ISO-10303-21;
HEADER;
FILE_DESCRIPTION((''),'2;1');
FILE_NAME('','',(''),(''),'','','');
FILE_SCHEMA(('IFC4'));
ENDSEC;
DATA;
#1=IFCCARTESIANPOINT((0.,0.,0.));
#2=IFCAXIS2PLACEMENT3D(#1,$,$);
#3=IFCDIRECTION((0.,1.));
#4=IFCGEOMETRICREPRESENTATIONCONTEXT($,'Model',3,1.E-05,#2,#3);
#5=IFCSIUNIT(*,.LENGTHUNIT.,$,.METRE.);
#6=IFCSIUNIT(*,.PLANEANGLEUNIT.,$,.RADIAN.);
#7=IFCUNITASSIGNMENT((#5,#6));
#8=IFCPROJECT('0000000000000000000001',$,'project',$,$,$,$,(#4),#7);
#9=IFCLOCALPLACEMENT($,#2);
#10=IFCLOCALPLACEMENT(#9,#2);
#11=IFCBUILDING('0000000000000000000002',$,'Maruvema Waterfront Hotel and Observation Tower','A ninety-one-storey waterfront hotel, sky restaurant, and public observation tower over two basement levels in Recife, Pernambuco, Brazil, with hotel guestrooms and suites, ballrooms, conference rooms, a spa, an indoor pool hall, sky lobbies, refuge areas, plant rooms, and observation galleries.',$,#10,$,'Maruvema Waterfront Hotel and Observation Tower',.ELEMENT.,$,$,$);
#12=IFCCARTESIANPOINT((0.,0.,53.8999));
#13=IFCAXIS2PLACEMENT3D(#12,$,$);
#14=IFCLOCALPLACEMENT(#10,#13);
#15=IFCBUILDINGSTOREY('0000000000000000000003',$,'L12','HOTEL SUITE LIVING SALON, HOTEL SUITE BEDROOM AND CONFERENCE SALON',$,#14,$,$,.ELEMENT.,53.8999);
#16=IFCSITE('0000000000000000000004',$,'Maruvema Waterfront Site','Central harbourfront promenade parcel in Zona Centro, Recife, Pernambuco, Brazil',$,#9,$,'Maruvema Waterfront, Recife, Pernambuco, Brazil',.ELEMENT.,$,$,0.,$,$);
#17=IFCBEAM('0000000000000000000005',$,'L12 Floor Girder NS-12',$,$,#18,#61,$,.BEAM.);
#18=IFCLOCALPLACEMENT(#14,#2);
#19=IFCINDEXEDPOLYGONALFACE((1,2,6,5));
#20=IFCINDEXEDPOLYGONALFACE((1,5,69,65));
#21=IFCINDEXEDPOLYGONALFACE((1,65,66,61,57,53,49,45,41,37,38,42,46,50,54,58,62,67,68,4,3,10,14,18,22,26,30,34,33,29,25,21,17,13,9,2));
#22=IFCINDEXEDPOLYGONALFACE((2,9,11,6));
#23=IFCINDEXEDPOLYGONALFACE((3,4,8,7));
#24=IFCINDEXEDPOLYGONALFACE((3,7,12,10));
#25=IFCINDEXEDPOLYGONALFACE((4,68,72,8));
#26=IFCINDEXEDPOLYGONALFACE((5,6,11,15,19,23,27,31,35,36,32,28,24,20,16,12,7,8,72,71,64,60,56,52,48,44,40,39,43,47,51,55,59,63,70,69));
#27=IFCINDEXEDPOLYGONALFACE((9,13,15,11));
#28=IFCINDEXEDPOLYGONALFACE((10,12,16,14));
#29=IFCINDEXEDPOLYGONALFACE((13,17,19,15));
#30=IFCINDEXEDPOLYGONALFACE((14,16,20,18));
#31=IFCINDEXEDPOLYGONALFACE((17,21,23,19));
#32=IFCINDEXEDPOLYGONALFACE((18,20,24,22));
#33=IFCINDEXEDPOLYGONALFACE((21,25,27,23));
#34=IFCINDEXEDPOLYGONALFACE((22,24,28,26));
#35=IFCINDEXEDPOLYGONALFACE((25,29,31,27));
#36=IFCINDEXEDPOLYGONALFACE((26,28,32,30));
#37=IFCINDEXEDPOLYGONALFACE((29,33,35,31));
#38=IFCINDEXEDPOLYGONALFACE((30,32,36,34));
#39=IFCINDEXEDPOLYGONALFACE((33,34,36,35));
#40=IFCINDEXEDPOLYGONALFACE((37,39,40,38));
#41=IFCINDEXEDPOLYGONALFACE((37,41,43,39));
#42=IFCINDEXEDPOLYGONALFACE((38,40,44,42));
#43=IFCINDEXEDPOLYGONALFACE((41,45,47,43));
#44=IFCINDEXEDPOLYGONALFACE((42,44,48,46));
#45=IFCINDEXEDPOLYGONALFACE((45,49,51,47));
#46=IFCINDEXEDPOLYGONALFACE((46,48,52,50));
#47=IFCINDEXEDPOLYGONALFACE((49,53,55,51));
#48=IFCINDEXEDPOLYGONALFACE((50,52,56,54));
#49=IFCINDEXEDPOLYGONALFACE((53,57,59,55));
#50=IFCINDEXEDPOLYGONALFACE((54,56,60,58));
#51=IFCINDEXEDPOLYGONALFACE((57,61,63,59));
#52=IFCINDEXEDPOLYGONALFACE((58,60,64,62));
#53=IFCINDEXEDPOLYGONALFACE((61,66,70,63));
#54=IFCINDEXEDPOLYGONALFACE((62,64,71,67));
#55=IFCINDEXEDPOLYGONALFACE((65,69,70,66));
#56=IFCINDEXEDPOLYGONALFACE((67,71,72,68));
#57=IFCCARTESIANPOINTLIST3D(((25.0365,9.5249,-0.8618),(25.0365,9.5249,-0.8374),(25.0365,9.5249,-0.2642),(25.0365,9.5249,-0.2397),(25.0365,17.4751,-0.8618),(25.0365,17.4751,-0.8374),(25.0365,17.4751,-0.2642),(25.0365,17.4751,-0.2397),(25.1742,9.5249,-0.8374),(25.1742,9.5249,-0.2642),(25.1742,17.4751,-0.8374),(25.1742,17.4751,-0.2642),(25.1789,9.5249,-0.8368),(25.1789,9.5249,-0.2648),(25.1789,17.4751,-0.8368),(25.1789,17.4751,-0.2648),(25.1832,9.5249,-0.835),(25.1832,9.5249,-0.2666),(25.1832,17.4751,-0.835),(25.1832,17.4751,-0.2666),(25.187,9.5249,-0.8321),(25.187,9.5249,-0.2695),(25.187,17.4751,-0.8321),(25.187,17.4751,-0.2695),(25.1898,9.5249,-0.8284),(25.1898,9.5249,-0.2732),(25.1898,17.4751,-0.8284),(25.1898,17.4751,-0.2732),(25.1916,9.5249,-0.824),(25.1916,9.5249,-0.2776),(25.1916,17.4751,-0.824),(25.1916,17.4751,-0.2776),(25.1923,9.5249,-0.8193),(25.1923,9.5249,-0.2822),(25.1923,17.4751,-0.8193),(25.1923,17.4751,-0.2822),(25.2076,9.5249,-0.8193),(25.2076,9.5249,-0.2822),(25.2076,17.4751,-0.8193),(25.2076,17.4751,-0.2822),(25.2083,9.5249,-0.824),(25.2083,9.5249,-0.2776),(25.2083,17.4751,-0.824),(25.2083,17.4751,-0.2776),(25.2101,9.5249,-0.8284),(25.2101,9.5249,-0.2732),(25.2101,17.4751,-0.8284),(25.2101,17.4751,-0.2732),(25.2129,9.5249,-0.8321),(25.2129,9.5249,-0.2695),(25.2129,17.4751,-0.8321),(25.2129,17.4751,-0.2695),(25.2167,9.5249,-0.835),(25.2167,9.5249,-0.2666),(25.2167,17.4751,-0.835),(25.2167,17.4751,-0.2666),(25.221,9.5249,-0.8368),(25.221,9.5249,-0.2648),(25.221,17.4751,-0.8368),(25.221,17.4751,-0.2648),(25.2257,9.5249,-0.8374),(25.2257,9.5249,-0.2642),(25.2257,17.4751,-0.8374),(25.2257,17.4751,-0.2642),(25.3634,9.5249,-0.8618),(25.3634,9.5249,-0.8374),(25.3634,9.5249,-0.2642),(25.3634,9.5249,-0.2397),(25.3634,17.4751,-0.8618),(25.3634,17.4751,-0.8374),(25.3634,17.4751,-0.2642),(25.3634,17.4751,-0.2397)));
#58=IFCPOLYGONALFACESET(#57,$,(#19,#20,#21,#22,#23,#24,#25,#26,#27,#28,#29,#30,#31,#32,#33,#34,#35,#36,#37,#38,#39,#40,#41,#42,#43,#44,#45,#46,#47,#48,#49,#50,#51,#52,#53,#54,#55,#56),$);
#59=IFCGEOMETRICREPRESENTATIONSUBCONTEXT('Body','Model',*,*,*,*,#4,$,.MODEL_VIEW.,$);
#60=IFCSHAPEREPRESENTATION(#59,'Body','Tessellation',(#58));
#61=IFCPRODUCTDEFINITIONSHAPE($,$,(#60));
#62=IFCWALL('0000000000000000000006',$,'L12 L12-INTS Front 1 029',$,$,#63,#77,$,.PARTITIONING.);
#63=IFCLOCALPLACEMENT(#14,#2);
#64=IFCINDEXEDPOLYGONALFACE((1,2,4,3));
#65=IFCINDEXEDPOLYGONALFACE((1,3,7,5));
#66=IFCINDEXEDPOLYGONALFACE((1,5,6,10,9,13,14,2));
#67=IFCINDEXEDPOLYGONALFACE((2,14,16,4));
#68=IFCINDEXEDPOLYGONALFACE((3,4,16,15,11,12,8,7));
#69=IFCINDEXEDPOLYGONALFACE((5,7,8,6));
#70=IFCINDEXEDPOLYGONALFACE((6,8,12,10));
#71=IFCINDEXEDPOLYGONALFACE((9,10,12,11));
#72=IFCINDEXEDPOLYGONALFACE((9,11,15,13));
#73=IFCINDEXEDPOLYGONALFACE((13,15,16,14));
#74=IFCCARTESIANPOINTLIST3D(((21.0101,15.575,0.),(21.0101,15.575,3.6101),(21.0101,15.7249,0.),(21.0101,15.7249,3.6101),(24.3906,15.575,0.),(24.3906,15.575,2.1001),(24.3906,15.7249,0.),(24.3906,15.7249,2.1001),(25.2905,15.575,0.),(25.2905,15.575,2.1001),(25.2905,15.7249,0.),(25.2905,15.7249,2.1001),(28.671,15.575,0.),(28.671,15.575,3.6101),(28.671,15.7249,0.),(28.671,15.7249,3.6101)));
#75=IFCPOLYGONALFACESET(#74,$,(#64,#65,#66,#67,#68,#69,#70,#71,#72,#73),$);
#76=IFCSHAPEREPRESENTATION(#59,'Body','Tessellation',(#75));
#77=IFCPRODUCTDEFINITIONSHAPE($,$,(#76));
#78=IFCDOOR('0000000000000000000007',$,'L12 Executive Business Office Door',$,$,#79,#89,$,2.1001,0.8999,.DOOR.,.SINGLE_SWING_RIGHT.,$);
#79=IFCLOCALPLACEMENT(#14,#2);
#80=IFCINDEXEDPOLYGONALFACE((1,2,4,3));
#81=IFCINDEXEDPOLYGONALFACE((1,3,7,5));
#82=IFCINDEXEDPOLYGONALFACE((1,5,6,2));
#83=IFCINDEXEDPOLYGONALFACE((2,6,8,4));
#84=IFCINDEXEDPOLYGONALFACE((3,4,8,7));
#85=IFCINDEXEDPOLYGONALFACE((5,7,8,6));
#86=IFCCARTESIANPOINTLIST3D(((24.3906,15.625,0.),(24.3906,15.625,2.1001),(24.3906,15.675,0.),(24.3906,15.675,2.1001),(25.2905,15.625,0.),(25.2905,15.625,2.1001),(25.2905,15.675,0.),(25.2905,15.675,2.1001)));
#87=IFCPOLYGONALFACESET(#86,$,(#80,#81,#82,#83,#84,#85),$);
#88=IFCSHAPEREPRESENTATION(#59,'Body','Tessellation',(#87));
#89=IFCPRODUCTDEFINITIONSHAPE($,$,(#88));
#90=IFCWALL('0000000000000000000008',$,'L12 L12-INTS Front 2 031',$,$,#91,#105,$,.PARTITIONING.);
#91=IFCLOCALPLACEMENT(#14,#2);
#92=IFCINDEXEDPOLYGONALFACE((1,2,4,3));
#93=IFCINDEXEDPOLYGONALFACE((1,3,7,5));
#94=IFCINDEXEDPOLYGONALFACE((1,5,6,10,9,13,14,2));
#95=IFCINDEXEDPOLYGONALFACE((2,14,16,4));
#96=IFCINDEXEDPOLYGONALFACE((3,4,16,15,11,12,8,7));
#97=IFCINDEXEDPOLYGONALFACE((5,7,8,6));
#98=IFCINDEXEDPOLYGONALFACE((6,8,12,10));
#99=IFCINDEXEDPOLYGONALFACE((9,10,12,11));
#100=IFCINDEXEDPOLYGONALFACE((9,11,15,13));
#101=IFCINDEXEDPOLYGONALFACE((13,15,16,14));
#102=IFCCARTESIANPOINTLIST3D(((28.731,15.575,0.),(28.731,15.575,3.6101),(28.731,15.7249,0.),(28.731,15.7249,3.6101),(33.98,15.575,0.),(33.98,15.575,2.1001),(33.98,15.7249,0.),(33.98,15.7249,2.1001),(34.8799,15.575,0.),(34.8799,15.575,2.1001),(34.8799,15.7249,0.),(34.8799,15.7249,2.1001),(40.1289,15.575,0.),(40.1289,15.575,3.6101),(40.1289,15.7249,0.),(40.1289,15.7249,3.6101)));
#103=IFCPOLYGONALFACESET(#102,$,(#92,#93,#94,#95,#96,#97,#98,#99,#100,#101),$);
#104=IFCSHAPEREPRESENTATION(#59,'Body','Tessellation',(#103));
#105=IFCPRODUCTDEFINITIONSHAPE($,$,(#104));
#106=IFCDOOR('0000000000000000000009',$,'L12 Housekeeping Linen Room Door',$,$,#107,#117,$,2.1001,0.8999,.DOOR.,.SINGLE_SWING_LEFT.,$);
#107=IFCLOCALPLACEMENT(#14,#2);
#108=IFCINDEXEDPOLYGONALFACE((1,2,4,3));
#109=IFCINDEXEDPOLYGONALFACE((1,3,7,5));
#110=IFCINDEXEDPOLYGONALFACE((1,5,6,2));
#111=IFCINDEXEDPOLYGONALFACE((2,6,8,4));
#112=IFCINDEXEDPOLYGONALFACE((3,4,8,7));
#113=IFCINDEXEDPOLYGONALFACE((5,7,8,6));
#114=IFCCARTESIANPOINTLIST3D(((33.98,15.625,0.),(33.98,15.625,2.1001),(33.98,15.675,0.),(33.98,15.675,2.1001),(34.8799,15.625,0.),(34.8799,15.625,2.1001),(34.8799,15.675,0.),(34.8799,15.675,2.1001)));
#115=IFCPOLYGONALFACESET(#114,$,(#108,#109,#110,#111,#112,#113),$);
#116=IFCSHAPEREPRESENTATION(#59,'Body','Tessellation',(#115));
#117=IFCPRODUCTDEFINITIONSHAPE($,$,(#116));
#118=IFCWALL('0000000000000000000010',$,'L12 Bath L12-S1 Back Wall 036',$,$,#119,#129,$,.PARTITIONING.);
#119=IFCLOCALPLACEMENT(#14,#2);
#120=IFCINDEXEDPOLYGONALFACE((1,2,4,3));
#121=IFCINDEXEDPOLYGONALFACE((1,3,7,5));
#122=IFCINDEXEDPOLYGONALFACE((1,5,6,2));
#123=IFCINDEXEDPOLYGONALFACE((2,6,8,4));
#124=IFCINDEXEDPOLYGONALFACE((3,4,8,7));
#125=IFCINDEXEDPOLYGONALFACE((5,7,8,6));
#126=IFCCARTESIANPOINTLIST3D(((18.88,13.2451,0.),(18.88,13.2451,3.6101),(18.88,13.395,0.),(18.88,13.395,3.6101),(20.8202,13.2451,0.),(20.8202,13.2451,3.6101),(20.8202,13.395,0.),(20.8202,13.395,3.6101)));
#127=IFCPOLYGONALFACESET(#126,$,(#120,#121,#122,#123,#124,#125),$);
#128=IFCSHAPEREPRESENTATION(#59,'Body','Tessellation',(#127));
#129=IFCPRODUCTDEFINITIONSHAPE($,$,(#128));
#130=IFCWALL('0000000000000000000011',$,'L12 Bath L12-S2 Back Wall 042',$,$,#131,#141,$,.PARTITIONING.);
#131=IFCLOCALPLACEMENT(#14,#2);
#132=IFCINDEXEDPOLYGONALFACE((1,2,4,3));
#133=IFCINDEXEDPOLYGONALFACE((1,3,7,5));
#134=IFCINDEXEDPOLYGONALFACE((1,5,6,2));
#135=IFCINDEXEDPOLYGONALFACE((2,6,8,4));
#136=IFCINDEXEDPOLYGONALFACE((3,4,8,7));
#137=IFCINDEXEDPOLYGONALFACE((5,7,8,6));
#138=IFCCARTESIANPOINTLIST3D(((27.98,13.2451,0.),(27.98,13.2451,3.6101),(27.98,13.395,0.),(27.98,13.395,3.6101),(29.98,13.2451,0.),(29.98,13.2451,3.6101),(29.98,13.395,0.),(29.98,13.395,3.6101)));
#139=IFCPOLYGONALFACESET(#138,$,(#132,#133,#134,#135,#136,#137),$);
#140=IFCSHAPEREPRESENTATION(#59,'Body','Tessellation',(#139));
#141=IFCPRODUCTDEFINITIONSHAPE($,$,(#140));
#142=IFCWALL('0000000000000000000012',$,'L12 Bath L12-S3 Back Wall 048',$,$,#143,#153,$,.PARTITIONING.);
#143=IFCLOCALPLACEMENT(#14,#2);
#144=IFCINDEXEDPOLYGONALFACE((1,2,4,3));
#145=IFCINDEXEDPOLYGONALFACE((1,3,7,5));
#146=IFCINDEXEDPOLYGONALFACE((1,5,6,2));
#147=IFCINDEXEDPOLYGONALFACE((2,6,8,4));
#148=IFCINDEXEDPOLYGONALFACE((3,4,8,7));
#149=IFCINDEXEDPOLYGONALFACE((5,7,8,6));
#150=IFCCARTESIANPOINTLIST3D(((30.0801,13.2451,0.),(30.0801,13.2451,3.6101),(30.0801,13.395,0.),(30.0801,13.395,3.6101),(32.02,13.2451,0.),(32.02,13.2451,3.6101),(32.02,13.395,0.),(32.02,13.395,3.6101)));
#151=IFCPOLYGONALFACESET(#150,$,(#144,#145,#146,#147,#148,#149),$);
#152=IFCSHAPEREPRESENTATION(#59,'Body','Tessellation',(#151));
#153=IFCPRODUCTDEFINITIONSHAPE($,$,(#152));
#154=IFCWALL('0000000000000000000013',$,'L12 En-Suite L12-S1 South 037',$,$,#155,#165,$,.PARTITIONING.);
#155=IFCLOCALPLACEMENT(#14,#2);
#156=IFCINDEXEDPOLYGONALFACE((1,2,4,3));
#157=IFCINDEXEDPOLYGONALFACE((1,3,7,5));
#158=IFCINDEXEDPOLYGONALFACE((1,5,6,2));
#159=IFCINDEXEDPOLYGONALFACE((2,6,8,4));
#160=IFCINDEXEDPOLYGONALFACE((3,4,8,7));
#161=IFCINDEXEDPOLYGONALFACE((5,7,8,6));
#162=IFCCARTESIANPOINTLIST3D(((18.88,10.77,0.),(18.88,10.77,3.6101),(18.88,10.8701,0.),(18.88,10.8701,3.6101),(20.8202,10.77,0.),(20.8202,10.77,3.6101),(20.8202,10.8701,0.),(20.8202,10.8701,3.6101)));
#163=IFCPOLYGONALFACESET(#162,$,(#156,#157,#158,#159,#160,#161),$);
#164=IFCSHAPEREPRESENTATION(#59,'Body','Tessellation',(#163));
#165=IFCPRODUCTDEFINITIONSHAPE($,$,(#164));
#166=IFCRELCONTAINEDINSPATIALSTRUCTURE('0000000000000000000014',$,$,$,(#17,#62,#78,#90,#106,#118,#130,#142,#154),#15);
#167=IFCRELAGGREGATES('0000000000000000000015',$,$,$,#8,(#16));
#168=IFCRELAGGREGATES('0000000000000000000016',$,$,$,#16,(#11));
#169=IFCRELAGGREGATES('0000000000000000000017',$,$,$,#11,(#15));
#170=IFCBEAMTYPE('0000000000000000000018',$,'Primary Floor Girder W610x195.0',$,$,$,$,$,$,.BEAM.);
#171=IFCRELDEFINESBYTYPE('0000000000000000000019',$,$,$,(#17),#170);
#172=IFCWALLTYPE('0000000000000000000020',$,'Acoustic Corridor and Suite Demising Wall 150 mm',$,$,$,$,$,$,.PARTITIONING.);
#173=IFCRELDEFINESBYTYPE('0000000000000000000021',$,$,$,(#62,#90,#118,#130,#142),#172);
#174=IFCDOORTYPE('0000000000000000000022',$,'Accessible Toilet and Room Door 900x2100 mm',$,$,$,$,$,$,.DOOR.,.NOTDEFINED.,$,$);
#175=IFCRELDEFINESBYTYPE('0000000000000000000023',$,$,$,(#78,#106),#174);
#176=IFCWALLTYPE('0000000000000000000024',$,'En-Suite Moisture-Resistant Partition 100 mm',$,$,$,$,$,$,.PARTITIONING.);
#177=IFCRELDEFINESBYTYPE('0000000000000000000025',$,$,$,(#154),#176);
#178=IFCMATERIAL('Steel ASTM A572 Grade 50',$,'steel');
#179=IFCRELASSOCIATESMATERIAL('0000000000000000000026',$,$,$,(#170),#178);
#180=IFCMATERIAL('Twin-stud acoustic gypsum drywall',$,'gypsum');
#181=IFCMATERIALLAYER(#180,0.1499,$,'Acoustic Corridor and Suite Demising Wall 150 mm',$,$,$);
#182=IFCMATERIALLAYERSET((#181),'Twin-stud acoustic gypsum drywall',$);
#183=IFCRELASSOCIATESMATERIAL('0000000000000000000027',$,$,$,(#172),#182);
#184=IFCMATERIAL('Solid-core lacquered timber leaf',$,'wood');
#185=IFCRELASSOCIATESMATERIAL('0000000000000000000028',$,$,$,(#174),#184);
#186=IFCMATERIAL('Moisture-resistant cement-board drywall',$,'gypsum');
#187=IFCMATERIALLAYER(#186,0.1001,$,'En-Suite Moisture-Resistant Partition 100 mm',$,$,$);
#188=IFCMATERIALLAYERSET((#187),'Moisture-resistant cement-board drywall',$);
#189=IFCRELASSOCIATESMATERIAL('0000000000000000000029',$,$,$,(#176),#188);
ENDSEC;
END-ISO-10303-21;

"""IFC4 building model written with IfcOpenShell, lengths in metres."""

from ifc_helpers import new_model, si_unit, direction, frame, frame_2d, origin, origin_2d, place, context, subcontext, project, spatial, rectangle, i_section, extrude, material, layer, layer_set, material_profile, profile_set, type_object, element, fill, save


model = new_model("IFC4")

# Units and contexts
model_context = context("Model", 3, precision=1e-05, world=origin(), true_north=direction((0.0, 1.0)))
body_context = subcontext(model_context, "Body", "Model", "MODEL_VIEW")
ifc_project = project(units=[si_unit("LENGTHUNIT", "METRE"), si_unit("PLANEANGLEUNIT", "RADIAN")], contexts=[model_context])

# Site, building, storey
site_placement = place(None, origin())
site = spatial("IfcSite", under=ifc_project, at=site_placement, Name="Maruvema Waterfront Site", Description="Central harbourfront promenade parcel in Zona Centro, Recife, Pernambuco, Brazil", LongName="Maruvema Waterfront, Recife, Pernambuco, Brazil", CompositionType="ELEMENT", RefElevation=0.0)
building_placement = place(site_placement, origin())
building = spatial("IfcBuilding", under=site, at=building_placement, Name="Maruvema Waterfront Hotel and Observation Tower", Description="A ninety-one-storey waterfront hotel, sky restaurant, and public observation tower over two basement levels in Recife, Pernambuco, Brazil, with hotel guestrooms and suites, ballrooms, conference rooms, a spa, an indoor pool hall, sky lobbies, refuge areas, plant rooms, and observation galleries.", LongName="Maruvema Waterfront Hotel and Observation Tower", CompositionType="ELEMENT")
storey_placement = place(building_placement, frame((0.0, 0.0, 53.8999)))
storey = spatial("IfcBuildingStorey", under=building, at=storey_placement, Name="L12", Description="HOTEL SUITE LIVING SALON, HOTEL SUITE BEDROOM AND CONFERENCE SALON", CompositionType="ELEMENT", Elevation=53.8999)

# Beam
ifc_material_1 = material(Name="Steel ASTM A572 Grade 50", Category="steel")
ifc_material_profile = material_profile(ifc_material_1, i_section(OverallWidth=0.3269, OverallDepth=0.6221, WebThickness=0.0154, FlangeThickness=0.0244, FilletRadius=0.0181, at=origin_2d()), Name="W610x195.0")
ifc_profile_set = profile_set([ifc_material_profile], Name="Steel ASTM A572 Grade 50")
beam_type = type_object("IfcBeamType", Name="Primary Floor Girder W610x195.0", PredefinedType="BEAM", material=ifc_profile_set)
beam_placement = place(storey_placement, frame((25.2, 9.5249, -0.5508), z_axis=(0.0, 1.0, 0.0), x_axis=(-1.0, 0.0, 0.0)))
element("IfcBeam", 1, at=beam_placement, inside=storey, type_object=beam_type, Name="L12 Floor Girder NS-12", PredefinedType="BEAM", context=body_context, shape_type="SweptSolid", body=[
    extrude(i_section(OverallWidth=0.3269, OverallDepth=0.6221, WebThickness=0.0154, FlangeThickness=0.0244, FilletRadius=0.0181, at=origin_2d()), origin(), (0.0, 0.0, 1.0), 7.9502),
])

# Walls, openings, doors
ifc_material_2 = material(Name="Twin-stud acoustic gypsum drywall", Category="gypsum")
ifc_layer_1 = layer(ifc_material_2, 0.1499, Name="Acoustic Corridor and Suite Demising Wall 150 mm")
ifc_layer_set_1 = layer_set([ifc_layer_1], Name="Twin-stud acoustic gypsum drywall")
wall_type_1 = type_object("IfcWallType", Name="Acoustic Corridor and Suite Demising Wall 150 mm", PredefinedType="PARTITIONING", material=ifc_layer_set_1)
wall_1_placement = place(storey_placement, frame((21.01, 15.6499, 0.0), z_axis=(0.0, 0.0, 1.0), x_axis=(1.0, 0.0, 0.0)))
wall_1 = element("IfcWall", 2, at=wall_1_placement, inside=storey, type_object=wall_type_1, Name="L12 L12-INTS Front 1 029", PredefinedType="PARTITIONING", context=body_context, shape_type="SweptSolid", body=[
    extrude(rectangle(XDim=7.6609, YDim=0.1499, at=frame_2d((3.8306, 0.0))), origin(), (0.0, 0.0, 1.0), 3.6101),
])
opening_1_placement = place(wall_1_placement, frame((3.3806, 0.0, 0.0)))
opening_1 = element("IfcOpeningElement", 3, at=opening_1_placement, cuts=wall_1, PredefinedType="OPENING", context=body_context, shape_type="SweptSolid", body=[
    extrude(rectangle(XDim=0.8999, YDim=2.1001, at=frame_2d((0.45, 1.05))), frame((0.0, 0.085, 0.0), z_axis=(0.0, -1.0, 0.0), x_axis=(1.0, 0.0, 0.0)), (0.0, 0.0, 1.0), 0.1699),
])
ifc_material_3 = material(Name="Solid-core lacquered timber leaf", Category="wood")
door_type_1 = type_object("IfcDoorType", Name="Accessible Toilet and Room Door 900x2100 mm", OperationType="NOTDEFINED", PredefinedType="DOOR", material=ifc_material_3)
door_1_placement = place(opening_1_placement, frame((0.8999, 0.0, 0.0), z_axis=(0.0, 0.0, 1.0), x_axis=(-1.0, 0.0, 0.0)))
door_1 = element("IfcDoor", 4, at=door_1_placement, inside=storey, type_object=door_type_1, Name="L12 Executive Business Office Door", OperationType="SINGLE_SWING_RIGHT", OverallHeight=2.1001, OverallWidth=0.8999, PredefinedType="DOOR", context=body_context, shape_type="SweptSolid", body=[
    extrude(rectangle(XDim=0.8999, YDim=2.1001, at=frame_2d((0.45, 1.05))), frame((0.0, 0.0249, 0.0), z_axis=(0.0, -1.0, 0.0), x_axis=(1.0, 0.0, 0.0)), (0.0, 0.0, 1.0), 0.05),
])
fill(opening_1, door_1)
wall_2_placement = place(storey_placement, frame((28.731, 15.6499, 0.0), z_axis=(0.0, 0.0, 1.0), x_axis=(1.0, 0.0, 0.0)))
wall_2 = element("IfcWall", 5, at=wall_2_placement, inside=storey, type_object=wall_type_1, Name="L12 L12-INTS Front 2 031", PredefinedType="PARTITIONING", context=body_context, shape_type="SweptSolid", body=[
    extrude(rectangle(XDim=11.3979, YDim=0.1499, at=frame_2d((5.699, 0.0))), origin(), (0.0, 0.0, 1.0), 3.6101),
])
opening_2_placement = place(wall_2_placement, frame((5.249, 0.0, 0.0)))
opening_2 = element("IfcOpeningElement", 6, at=opening_2_placement, cuts=wall_2, PredefinedType="OPENING", context=body_context, shape_type="SweptSolid", body=[
    extrude(rectangle(XDim=0.8999, YDim=2.1001, at=frame_2d((0.45, 1.05))), frame((0.0, 0.085, 0.0), z_axis=(0.0, -1.0, 0.0), x_axis=(1.0, 0.0, 0.0)), (0.0, 0.0, 1.0), 0.1699),
])
door_2_placement = place(opening_2_placement, frame((0.8999, 0.0, 0.0), z_axis=(0.0, 0.0, 1.0), x_axis=(-1.0, 0.0, 0.0)))
door_2 = element("IfcDoor", 7, at=door_2_placement, inside=storey, type_object=door_type_1, Name="L12 Housekeeping Linen Room Door", OperationType="SINGLE_SWING_LEFT", OverallHeight=2.1001, OverallWidth=0.8999, PredefinedType="DOOR", context=body_context, shape_type="SweptSolid", body=[
    extrude(rectangle(XDim=0.8999, YDim=2.1001, at=frame_2d((0.45, 1.05))), frame((0.0, 0.0249, 0.0), z_axis=(0.0, -1.0, 0.0), x_axis=(1.0, 0.0, 0.0)), (0.0, 0.0, 1.0), 0.05),
])
fill(opening_2, door_2)

# Wall
wall_3_placement = place(storey_placement, frame((18.8799, 13.3201, 0.0), z_axis=(0.0, 0.0, 1.0), x_axis=(1.0, 0.0, 0.0)))
element("IfcWall", 8, at=wall_3_placement, inside=storey, type_object=wall_type_1, Name="L12 Bath L12-S1 Back Wall 036", PredefinedType="PARTITIONING", context=body_context, shape_type="SweptSolid", body=[
    extrude(rectangle(XDim=1.9402, YDim=0.1499, at=frame_2d((0.9702, 0.0))), origin(), (0.0, 0.0, 1.0), 3.6101),
])

# Wall
wall_4_placement = place(storey_placement, frame((27.98, 13.3201, 0.0), z_axis=(0.0, 0.0, 1.0), x_axis=(1.0, 0.0, 0.0)))
element("IfcWall", 9, at=wall_4_placement, inside=storey, type_object=wall_type_1, Name="L12 Bath L12-S2 Back Wall 042", PredefinedType="PARTITIONING", context=body_context, shape_type="SweptSolid", body=[
    extrude(rectangle(XDim=2.0, YDim=0.1499, at=frame_2d((1.0, 0.0))), origin(), (0.0, 0.0, 1.0), 3.6101),
])

# Wall
wall_5_placement = place(storey_placement, frame((30.0801, 13.3201, 0.0), z_axis=(0.0, 0.0, 1.0), x_axis=(1.0, 0.0, 0.0)))
element("IfcWall", 10, at=wall_5_placement, inside=storey, type_object=wall_type_1, Name="L12 Bath L12-S3 Back Wall 048", PredefinedType="PARTITIONING", context=body_context, shape_type="SweptSolid", body=[
    extrude(rectangle(XDim=1.9399, YDim=0.1499, at=frame_2d((0.97, 0.0))), origin(), (0.0, 0.0, 1.0), 3.6101),
])

# Wall
ifc_material_4 = material(Name="Moisture-resistant cement-board drywall", Category="gypsum")
ifc_layer_2 = layer(ifc_material_4, 0.1001, Name="En-Suite Moisture-Resistant Partition 100 mm")
ifc_layer_set_2 = layer_set([ifc_layer_2], Name="Moisture-resistant cement-board drywall")
wall_type_2 = type_object("IfcWallType", Name="En-Suite Moisture-Resistant Partition 100 mm", PredefinedType="PARTITIONING", material=ifc_layer_set_2)
wall_6_placement = place(storey_placement, frame((18.8799, 10.8201, 0.0), z_axis=(0.0, 0.0, 1.0), x_axis=(1.0, 0.0, 0.0)))
element("IfcWall", 11, at=wall_6_placement, inside=storey, type_object=wall_type_2, Name="L12 En-Suite L12-S1 South 037", PredefinedType="PARTITIONING", context=body_context, shape_type="SweptSolid", body=[
    extrude(rectangle(XDim=1.9402, YDim=0.1001, at=frame_2d((0.9702, 0.0))), origin(), (0.0, 0.0, 1.0), 3.6101),
])

save(model, "model.ifc")
